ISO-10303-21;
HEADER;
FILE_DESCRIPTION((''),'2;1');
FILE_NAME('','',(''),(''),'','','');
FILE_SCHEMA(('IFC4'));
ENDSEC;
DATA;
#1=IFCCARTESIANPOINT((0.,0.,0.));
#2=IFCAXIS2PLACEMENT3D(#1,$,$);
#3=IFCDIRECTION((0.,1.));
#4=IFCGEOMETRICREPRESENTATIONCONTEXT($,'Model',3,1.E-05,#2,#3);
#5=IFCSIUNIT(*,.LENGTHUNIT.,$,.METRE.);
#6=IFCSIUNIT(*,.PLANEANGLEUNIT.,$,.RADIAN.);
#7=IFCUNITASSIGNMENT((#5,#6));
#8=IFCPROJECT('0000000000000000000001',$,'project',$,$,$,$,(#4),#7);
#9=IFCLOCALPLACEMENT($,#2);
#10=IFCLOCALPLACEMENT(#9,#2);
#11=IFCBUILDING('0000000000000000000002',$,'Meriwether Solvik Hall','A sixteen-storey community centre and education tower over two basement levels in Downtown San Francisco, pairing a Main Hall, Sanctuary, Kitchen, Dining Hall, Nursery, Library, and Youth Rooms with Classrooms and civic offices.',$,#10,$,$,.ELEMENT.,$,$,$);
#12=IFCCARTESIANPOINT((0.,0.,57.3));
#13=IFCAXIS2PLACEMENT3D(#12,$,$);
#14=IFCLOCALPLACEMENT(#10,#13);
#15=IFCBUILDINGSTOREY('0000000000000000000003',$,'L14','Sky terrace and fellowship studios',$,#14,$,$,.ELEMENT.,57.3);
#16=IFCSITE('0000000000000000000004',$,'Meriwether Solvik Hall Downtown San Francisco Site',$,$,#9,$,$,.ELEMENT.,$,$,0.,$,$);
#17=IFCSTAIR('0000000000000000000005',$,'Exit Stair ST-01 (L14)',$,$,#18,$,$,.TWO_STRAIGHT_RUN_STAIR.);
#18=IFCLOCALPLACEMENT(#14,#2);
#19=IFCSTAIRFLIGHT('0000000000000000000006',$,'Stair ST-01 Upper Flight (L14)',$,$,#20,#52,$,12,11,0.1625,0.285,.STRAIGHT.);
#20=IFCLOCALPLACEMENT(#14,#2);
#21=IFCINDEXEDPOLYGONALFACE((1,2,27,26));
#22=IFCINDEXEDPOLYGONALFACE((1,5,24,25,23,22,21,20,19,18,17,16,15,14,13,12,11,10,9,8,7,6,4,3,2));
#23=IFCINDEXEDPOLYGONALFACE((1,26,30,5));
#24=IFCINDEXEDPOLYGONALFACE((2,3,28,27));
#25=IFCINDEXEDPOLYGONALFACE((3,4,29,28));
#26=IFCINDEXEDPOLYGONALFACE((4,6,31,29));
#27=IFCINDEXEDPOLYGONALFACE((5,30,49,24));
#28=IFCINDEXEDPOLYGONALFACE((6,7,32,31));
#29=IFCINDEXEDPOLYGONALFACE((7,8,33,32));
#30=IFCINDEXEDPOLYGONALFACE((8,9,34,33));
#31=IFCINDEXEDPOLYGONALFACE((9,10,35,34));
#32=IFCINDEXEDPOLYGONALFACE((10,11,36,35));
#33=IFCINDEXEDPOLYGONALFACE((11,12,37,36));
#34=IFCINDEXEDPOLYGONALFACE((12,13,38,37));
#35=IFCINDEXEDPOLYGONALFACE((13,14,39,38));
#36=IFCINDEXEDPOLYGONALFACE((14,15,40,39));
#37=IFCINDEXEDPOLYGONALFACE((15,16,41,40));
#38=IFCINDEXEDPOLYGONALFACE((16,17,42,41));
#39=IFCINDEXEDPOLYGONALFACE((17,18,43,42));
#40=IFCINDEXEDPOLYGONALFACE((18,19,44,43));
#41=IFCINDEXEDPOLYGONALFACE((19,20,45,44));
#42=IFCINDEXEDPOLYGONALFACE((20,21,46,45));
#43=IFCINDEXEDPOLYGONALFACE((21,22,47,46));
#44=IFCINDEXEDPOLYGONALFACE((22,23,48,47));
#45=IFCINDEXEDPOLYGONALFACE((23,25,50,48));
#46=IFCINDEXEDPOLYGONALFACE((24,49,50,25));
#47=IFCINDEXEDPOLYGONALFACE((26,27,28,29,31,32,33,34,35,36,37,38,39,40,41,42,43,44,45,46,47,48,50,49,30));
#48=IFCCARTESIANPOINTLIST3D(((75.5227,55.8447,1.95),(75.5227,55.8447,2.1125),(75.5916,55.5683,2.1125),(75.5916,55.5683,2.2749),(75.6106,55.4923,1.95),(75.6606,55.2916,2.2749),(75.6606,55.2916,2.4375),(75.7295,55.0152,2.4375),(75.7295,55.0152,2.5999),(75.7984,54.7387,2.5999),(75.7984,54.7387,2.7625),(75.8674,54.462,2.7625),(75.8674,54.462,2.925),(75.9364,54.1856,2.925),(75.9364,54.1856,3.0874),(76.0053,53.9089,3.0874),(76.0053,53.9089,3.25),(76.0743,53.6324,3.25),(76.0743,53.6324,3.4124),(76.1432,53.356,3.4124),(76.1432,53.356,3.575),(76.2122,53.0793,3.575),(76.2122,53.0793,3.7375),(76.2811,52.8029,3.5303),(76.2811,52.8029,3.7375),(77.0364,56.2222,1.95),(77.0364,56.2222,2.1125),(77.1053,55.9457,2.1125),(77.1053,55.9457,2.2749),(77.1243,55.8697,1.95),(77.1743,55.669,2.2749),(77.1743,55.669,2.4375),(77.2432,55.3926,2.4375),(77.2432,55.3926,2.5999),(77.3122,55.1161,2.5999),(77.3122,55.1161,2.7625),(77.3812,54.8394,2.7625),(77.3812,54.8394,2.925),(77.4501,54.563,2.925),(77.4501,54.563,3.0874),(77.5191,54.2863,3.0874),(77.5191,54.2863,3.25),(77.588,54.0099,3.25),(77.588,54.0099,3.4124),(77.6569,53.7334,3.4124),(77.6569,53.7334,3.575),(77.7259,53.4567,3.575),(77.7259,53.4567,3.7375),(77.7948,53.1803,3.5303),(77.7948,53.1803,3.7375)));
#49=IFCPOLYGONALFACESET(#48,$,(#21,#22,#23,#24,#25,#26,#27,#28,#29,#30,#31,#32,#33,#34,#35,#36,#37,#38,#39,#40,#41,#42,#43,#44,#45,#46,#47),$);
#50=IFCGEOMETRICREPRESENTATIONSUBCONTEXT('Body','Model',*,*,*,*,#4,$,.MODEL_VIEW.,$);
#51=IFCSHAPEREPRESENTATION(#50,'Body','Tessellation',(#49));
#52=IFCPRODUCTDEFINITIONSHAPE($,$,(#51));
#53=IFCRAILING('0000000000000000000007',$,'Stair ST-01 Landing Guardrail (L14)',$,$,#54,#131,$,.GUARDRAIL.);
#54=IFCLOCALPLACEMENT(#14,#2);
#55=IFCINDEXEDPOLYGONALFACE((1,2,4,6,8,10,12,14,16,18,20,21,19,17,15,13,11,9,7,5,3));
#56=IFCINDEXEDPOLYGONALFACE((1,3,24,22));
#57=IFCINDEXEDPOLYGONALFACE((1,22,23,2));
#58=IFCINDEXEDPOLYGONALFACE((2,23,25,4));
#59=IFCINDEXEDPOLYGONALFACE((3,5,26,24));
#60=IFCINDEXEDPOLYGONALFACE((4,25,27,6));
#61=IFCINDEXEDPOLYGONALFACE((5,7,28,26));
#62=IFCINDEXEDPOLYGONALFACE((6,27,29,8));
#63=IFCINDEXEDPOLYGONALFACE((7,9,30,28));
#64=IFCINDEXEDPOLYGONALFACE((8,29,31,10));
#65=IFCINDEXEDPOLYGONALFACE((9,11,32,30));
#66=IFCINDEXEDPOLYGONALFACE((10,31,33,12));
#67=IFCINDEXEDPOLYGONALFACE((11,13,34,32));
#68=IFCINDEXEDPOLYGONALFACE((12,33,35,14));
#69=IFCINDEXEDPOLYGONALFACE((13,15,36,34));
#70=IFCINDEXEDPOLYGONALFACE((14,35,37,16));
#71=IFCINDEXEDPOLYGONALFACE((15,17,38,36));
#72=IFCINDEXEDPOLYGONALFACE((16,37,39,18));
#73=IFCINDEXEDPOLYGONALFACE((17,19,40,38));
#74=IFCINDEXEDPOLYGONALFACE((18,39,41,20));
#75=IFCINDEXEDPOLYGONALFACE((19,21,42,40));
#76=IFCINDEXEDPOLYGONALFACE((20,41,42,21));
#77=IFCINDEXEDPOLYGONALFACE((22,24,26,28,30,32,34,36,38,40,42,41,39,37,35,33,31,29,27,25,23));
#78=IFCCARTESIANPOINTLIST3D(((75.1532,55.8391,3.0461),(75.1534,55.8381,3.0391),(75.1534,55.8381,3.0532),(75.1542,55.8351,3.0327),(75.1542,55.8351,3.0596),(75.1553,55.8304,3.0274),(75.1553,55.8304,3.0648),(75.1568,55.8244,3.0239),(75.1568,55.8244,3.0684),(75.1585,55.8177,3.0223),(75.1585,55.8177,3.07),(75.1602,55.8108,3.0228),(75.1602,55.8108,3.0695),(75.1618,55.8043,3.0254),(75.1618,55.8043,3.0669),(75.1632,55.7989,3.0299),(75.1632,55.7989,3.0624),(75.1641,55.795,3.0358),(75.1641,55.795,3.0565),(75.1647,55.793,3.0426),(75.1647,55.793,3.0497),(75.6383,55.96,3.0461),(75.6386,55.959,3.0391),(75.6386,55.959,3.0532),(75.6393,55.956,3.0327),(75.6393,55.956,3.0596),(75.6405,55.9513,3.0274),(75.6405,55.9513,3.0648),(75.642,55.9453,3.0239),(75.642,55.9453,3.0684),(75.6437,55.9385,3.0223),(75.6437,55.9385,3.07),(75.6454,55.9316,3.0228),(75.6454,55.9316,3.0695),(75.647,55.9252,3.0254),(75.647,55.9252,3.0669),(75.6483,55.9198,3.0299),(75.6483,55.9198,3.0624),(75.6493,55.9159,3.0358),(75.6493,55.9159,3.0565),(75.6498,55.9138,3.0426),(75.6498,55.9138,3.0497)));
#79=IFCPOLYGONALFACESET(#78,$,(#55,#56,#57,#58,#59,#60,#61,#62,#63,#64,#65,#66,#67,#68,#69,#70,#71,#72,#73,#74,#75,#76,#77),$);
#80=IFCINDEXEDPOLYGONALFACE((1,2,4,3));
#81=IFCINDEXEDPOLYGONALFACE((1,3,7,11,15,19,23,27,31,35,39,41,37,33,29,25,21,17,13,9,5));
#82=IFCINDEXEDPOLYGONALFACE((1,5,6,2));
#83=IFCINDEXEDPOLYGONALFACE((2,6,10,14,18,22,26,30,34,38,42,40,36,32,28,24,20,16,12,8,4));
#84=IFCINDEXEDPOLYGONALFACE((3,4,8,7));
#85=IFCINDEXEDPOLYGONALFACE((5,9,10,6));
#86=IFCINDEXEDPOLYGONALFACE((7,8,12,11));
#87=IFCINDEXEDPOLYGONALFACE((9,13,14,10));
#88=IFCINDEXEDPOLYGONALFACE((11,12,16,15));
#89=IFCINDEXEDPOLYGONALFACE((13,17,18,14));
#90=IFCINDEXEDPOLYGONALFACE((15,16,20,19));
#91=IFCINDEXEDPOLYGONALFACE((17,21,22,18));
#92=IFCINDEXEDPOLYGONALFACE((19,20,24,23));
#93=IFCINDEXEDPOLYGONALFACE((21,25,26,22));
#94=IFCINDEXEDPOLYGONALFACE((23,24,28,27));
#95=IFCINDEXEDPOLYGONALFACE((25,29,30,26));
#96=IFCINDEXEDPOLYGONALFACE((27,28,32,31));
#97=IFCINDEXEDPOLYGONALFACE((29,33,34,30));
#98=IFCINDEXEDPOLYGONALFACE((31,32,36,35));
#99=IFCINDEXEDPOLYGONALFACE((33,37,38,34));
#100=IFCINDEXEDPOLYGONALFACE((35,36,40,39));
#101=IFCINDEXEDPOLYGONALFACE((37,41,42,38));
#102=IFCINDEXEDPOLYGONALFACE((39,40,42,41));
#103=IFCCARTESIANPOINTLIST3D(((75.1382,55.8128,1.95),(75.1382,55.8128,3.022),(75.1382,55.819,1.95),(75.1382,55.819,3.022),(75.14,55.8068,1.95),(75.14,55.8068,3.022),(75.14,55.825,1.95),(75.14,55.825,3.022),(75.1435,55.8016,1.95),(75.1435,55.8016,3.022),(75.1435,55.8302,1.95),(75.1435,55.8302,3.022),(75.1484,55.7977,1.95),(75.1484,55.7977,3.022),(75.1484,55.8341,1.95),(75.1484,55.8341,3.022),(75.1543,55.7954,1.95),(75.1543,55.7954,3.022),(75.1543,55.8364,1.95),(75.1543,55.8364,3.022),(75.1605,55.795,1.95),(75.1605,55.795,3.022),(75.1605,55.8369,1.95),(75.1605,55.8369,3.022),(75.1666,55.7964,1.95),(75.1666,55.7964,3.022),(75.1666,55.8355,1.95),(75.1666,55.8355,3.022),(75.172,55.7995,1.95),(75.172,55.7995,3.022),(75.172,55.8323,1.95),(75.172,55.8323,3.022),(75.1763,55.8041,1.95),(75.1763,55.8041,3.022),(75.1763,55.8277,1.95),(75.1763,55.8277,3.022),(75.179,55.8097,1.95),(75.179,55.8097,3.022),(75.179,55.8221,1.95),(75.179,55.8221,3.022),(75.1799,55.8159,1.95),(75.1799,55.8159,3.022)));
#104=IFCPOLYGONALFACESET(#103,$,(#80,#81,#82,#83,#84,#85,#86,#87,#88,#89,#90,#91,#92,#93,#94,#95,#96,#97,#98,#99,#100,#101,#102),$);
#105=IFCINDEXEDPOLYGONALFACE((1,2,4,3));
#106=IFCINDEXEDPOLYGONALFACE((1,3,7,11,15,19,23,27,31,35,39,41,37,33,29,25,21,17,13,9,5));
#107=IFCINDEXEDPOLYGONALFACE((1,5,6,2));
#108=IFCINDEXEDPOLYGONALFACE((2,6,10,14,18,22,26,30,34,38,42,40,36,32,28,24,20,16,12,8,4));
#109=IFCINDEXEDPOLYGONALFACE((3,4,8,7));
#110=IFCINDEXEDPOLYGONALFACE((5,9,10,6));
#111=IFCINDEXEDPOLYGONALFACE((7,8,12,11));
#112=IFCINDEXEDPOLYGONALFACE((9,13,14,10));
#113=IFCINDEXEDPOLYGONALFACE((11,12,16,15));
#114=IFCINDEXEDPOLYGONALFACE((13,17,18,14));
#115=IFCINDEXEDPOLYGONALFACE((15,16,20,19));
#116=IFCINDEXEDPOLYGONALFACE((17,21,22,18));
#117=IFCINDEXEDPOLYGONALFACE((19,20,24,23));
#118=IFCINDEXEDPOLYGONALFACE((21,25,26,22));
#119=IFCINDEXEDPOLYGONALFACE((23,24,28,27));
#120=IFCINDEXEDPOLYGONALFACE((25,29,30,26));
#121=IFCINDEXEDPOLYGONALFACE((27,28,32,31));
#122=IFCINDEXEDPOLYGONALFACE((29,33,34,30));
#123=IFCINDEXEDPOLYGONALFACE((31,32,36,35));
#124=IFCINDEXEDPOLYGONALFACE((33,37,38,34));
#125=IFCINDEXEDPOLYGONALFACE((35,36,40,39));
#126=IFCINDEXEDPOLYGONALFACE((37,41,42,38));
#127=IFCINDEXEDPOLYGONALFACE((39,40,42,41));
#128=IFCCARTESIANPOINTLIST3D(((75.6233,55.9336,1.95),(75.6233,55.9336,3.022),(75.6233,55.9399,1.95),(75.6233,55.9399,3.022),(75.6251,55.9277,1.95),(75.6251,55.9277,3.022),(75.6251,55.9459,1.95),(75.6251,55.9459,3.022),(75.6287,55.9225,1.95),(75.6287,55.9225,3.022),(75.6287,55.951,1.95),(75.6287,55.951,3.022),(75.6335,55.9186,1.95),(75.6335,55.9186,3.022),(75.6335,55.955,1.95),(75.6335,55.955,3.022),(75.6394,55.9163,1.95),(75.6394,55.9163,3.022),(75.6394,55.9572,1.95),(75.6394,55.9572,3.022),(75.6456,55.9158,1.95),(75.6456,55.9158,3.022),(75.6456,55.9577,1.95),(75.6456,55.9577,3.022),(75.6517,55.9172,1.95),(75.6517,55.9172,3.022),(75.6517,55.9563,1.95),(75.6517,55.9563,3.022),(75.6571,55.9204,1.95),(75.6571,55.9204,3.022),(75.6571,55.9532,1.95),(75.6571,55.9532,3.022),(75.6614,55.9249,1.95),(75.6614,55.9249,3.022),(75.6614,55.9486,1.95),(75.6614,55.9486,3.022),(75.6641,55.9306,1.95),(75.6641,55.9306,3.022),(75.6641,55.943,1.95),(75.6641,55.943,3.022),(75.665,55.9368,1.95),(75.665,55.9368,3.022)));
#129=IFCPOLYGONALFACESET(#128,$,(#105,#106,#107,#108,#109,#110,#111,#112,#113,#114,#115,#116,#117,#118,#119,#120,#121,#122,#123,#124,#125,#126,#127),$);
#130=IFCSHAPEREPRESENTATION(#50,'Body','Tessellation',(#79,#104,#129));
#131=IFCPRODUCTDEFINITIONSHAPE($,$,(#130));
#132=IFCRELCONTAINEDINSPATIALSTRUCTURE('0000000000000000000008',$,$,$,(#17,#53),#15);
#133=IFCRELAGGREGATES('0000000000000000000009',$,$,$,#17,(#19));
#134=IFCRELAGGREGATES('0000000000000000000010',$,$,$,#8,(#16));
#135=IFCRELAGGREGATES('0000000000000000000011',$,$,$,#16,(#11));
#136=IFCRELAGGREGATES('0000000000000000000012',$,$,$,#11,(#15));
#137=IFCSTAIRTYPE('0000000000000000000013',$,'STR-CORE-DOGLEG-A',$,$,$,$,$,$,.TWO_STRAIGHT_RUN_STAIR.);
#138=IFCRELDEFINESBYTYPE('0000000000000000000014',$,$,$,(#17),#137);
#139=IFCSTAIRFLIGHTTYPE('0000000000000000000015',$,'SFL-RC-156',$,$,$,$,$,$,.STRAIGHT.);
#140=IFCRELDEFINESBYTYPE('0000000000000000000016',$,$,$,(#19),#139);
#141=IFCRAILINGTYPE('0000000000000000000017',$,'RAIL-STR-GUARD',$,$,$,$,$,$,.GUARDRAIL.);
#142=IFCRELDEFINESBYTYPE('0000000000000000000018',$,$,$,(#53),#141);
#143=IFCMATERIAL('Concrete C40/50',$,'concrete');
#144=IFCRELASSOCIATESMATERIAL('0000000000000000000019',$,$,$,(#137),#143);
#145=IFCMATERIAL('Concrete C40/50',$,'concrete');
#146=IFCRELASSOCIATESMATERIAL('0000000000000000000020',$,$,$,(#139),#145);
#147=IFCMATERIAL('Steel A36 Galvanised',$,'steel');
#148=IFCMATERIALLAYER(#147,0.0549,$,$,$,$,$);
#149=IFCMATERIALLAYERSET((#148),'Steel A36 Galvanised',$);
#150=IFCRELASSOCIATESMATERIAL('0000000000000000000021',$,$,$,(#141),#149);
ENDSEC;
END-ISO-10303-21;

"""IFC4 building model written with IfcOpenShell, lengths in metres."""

from ifc_helpers import new_model, si_unit, direction, frame, origin, origin_2d, place, context, subcontext, project, spatial, polyline, circle, outline, extrude, material, layer, layer_set, type_object, element, aggregate, save


model = new_model("IFC4")

# Units and contexts
model_context = context("Model", 3, precision=1e-05, world=origin(), true_north=direction((0.0, 1.0)))
body_context = subcontext(model_context, "Body", "Model", "MODEL_VIEW")
ifc_project = project(units=[si_unit("LENGTHUNIT", "METRE"), si_unit("PLANEANGLEUNIT", "RADIAN")], contexts=[model_context])

# Site, building, storey
site_placement = place(None, origin())
site = spatial("IfcSite", under=ifc_project, at=site_placement, Name="Meriwether Solvik Hall Downtown San Francisco Site", CompositionType="ELEMENT", RefElevation=0.0)
building_placement = place(site_placement, origin())
building = spatial("IfcBuilding", under=site, at=building_placement, Name="Meriwether Solvik Hall", Description="A sixteen-storey community centre and education tower over two basement levels in Downtown San Francisco, pairing a Main Hall, Sanctuary, Kitchen, Dining Hall, Nursery, Library, and Youth Rooms with Classrooms and civic offices.", CompositionType="ELEMENT")
storey_placement = place(building_placement, frame((0.0, 0.0, 57.3)))
storey = spatial("IfcBuildingStorey", under=building, at=storey_placement, Name="L14", Description="Sky terrace and fellowship studios", CompositionType="ELEMENT", Elevation=57.3)

# Stair, stair flight
ifc_material_1 = material(Name="Concrete C40/50", Category="concrete")
stair_type = type_object("IfcStairType", Name="STR-CORE-DOGLEG-A", PredefinedType="TWO_STRAIGHT_RUN_STAIR", material=ifc_material_1)
stair_placement = place(storey_placement, origin())
stair = element("IfcStair", 1, at=stair_placement, inside=storey, type_object=stair_type, Name="Exit Stair ST-01 (L14)", PredefinedType="TWO_STRAIGHT_RUN_STAIR")
ifc_material_2 = material(Name="Concrete C40/50", Category="concrete")
stair_flight_type = type_object("IfcStairFlightType", Name="SFL-RC-156", PredefinedType="STRAIGHT", material=ifc_material_2)
stair_flight_1_placement = place(storey_placement, frame((76.2795, 56.0334, 1.95), z_axis=(0.0, 0.0, 1.0), x_axis=(0.241922, -0.970296, 0.0)))
stair_flight_1 = element("IfcStairFlight", 2, at=stair_flight_1_placement, type_object=stair_flight_type, Name="Stair ST-01 Upper Flight (L14)", NumberOfRisers=12, NumberOfTreads=11, PredefinedType="STRAIGHT", RiserHeight=0.1625, TreadLength=0.285, context=body_context, shape_type="SweptSolid", body=[
    extrude(outline(polyline([(0.0, 0.0), (0.0, 0.1626), (0.2849, 0.1626), (0.2849, 0.325), (0.5701, 0.325), (0.5701, 0.4875), (0.855, 0.4875), (0.855, 0.6499), (1.1399, 0.6499), (1.1399, 0.8125), (1.425, 0.8125), (1.425, 0.9751), (1.71, 0.9751), (1.71, 1.1375), (1.9951, 1.1375), (1.9951, 1.3), (2.28, 1.3), (2.28, 1.4624), (2.5649, 1.4624), (2.5649, 1.625), (2.8501, 1.625), (2.8501, 1.7876), (3.135, 1.7876), (3.135, 1.95), (3.135, 1.5803), (0.3633, 0.0), (0.0, 0.0)])), frame((0.0, 0.78, 0.0), z_axis=(0.0, -1.0, 0.0), x_axis=(1.0, 0.0, 0.0)), (0.0, 0.0, 1.0), 1.5601),
])
aggregate(stair, [stair_flight_1])

# Railing
ifc_material_3 = material(Name="Steel A36 Galvanised", Category="steel")
ifc_layer_1 = layer(ifc_material_3, 0.0549)
ifc_layer_set_1 = layer_set([ifc_layer_1], Name="Steel A36 Galvanised")
railing_type_1 = type_object("IfcRailingType", Name="RAIL-STR-GUARD", PredefinedType="GUARDRAIL", material=ifc_layer_set_1)
railing_1_placement = place(storey_placement, frame((75.1589, 55.8159, 1.95)))
element("IfcRailing", 3, at=railing_1_placement, inside=storey, type_object=railing_type_1, Name="Stair ST-01 Landing Guardrail (L14)", PredefinedType="GUARDRAIL", context=body_context, shape_type="SweptSolid", body=[
    extrude(circle(Radius=0.0239, at=origin_2d()), frame((0.0, 0.0, 1.0962), z_axis=(0.970343, 0.241731, 0.0), x_axis=(-0.241731, 0.970343, 0.0)), (0.0, 0.0, 1.0), 0.5),
    extrude(circle(Radius=0.021, at=origin_2d()), origin(), (0.0, 0.0, 1.0), 1.072),
    extrude(circle(Radius=0.021, at=origin_2d()), frame((0.4851, 0.1208, 0.0)), (0.0, 0.0, 1.0), 1.072),
])

save(model, "model.ifc")
